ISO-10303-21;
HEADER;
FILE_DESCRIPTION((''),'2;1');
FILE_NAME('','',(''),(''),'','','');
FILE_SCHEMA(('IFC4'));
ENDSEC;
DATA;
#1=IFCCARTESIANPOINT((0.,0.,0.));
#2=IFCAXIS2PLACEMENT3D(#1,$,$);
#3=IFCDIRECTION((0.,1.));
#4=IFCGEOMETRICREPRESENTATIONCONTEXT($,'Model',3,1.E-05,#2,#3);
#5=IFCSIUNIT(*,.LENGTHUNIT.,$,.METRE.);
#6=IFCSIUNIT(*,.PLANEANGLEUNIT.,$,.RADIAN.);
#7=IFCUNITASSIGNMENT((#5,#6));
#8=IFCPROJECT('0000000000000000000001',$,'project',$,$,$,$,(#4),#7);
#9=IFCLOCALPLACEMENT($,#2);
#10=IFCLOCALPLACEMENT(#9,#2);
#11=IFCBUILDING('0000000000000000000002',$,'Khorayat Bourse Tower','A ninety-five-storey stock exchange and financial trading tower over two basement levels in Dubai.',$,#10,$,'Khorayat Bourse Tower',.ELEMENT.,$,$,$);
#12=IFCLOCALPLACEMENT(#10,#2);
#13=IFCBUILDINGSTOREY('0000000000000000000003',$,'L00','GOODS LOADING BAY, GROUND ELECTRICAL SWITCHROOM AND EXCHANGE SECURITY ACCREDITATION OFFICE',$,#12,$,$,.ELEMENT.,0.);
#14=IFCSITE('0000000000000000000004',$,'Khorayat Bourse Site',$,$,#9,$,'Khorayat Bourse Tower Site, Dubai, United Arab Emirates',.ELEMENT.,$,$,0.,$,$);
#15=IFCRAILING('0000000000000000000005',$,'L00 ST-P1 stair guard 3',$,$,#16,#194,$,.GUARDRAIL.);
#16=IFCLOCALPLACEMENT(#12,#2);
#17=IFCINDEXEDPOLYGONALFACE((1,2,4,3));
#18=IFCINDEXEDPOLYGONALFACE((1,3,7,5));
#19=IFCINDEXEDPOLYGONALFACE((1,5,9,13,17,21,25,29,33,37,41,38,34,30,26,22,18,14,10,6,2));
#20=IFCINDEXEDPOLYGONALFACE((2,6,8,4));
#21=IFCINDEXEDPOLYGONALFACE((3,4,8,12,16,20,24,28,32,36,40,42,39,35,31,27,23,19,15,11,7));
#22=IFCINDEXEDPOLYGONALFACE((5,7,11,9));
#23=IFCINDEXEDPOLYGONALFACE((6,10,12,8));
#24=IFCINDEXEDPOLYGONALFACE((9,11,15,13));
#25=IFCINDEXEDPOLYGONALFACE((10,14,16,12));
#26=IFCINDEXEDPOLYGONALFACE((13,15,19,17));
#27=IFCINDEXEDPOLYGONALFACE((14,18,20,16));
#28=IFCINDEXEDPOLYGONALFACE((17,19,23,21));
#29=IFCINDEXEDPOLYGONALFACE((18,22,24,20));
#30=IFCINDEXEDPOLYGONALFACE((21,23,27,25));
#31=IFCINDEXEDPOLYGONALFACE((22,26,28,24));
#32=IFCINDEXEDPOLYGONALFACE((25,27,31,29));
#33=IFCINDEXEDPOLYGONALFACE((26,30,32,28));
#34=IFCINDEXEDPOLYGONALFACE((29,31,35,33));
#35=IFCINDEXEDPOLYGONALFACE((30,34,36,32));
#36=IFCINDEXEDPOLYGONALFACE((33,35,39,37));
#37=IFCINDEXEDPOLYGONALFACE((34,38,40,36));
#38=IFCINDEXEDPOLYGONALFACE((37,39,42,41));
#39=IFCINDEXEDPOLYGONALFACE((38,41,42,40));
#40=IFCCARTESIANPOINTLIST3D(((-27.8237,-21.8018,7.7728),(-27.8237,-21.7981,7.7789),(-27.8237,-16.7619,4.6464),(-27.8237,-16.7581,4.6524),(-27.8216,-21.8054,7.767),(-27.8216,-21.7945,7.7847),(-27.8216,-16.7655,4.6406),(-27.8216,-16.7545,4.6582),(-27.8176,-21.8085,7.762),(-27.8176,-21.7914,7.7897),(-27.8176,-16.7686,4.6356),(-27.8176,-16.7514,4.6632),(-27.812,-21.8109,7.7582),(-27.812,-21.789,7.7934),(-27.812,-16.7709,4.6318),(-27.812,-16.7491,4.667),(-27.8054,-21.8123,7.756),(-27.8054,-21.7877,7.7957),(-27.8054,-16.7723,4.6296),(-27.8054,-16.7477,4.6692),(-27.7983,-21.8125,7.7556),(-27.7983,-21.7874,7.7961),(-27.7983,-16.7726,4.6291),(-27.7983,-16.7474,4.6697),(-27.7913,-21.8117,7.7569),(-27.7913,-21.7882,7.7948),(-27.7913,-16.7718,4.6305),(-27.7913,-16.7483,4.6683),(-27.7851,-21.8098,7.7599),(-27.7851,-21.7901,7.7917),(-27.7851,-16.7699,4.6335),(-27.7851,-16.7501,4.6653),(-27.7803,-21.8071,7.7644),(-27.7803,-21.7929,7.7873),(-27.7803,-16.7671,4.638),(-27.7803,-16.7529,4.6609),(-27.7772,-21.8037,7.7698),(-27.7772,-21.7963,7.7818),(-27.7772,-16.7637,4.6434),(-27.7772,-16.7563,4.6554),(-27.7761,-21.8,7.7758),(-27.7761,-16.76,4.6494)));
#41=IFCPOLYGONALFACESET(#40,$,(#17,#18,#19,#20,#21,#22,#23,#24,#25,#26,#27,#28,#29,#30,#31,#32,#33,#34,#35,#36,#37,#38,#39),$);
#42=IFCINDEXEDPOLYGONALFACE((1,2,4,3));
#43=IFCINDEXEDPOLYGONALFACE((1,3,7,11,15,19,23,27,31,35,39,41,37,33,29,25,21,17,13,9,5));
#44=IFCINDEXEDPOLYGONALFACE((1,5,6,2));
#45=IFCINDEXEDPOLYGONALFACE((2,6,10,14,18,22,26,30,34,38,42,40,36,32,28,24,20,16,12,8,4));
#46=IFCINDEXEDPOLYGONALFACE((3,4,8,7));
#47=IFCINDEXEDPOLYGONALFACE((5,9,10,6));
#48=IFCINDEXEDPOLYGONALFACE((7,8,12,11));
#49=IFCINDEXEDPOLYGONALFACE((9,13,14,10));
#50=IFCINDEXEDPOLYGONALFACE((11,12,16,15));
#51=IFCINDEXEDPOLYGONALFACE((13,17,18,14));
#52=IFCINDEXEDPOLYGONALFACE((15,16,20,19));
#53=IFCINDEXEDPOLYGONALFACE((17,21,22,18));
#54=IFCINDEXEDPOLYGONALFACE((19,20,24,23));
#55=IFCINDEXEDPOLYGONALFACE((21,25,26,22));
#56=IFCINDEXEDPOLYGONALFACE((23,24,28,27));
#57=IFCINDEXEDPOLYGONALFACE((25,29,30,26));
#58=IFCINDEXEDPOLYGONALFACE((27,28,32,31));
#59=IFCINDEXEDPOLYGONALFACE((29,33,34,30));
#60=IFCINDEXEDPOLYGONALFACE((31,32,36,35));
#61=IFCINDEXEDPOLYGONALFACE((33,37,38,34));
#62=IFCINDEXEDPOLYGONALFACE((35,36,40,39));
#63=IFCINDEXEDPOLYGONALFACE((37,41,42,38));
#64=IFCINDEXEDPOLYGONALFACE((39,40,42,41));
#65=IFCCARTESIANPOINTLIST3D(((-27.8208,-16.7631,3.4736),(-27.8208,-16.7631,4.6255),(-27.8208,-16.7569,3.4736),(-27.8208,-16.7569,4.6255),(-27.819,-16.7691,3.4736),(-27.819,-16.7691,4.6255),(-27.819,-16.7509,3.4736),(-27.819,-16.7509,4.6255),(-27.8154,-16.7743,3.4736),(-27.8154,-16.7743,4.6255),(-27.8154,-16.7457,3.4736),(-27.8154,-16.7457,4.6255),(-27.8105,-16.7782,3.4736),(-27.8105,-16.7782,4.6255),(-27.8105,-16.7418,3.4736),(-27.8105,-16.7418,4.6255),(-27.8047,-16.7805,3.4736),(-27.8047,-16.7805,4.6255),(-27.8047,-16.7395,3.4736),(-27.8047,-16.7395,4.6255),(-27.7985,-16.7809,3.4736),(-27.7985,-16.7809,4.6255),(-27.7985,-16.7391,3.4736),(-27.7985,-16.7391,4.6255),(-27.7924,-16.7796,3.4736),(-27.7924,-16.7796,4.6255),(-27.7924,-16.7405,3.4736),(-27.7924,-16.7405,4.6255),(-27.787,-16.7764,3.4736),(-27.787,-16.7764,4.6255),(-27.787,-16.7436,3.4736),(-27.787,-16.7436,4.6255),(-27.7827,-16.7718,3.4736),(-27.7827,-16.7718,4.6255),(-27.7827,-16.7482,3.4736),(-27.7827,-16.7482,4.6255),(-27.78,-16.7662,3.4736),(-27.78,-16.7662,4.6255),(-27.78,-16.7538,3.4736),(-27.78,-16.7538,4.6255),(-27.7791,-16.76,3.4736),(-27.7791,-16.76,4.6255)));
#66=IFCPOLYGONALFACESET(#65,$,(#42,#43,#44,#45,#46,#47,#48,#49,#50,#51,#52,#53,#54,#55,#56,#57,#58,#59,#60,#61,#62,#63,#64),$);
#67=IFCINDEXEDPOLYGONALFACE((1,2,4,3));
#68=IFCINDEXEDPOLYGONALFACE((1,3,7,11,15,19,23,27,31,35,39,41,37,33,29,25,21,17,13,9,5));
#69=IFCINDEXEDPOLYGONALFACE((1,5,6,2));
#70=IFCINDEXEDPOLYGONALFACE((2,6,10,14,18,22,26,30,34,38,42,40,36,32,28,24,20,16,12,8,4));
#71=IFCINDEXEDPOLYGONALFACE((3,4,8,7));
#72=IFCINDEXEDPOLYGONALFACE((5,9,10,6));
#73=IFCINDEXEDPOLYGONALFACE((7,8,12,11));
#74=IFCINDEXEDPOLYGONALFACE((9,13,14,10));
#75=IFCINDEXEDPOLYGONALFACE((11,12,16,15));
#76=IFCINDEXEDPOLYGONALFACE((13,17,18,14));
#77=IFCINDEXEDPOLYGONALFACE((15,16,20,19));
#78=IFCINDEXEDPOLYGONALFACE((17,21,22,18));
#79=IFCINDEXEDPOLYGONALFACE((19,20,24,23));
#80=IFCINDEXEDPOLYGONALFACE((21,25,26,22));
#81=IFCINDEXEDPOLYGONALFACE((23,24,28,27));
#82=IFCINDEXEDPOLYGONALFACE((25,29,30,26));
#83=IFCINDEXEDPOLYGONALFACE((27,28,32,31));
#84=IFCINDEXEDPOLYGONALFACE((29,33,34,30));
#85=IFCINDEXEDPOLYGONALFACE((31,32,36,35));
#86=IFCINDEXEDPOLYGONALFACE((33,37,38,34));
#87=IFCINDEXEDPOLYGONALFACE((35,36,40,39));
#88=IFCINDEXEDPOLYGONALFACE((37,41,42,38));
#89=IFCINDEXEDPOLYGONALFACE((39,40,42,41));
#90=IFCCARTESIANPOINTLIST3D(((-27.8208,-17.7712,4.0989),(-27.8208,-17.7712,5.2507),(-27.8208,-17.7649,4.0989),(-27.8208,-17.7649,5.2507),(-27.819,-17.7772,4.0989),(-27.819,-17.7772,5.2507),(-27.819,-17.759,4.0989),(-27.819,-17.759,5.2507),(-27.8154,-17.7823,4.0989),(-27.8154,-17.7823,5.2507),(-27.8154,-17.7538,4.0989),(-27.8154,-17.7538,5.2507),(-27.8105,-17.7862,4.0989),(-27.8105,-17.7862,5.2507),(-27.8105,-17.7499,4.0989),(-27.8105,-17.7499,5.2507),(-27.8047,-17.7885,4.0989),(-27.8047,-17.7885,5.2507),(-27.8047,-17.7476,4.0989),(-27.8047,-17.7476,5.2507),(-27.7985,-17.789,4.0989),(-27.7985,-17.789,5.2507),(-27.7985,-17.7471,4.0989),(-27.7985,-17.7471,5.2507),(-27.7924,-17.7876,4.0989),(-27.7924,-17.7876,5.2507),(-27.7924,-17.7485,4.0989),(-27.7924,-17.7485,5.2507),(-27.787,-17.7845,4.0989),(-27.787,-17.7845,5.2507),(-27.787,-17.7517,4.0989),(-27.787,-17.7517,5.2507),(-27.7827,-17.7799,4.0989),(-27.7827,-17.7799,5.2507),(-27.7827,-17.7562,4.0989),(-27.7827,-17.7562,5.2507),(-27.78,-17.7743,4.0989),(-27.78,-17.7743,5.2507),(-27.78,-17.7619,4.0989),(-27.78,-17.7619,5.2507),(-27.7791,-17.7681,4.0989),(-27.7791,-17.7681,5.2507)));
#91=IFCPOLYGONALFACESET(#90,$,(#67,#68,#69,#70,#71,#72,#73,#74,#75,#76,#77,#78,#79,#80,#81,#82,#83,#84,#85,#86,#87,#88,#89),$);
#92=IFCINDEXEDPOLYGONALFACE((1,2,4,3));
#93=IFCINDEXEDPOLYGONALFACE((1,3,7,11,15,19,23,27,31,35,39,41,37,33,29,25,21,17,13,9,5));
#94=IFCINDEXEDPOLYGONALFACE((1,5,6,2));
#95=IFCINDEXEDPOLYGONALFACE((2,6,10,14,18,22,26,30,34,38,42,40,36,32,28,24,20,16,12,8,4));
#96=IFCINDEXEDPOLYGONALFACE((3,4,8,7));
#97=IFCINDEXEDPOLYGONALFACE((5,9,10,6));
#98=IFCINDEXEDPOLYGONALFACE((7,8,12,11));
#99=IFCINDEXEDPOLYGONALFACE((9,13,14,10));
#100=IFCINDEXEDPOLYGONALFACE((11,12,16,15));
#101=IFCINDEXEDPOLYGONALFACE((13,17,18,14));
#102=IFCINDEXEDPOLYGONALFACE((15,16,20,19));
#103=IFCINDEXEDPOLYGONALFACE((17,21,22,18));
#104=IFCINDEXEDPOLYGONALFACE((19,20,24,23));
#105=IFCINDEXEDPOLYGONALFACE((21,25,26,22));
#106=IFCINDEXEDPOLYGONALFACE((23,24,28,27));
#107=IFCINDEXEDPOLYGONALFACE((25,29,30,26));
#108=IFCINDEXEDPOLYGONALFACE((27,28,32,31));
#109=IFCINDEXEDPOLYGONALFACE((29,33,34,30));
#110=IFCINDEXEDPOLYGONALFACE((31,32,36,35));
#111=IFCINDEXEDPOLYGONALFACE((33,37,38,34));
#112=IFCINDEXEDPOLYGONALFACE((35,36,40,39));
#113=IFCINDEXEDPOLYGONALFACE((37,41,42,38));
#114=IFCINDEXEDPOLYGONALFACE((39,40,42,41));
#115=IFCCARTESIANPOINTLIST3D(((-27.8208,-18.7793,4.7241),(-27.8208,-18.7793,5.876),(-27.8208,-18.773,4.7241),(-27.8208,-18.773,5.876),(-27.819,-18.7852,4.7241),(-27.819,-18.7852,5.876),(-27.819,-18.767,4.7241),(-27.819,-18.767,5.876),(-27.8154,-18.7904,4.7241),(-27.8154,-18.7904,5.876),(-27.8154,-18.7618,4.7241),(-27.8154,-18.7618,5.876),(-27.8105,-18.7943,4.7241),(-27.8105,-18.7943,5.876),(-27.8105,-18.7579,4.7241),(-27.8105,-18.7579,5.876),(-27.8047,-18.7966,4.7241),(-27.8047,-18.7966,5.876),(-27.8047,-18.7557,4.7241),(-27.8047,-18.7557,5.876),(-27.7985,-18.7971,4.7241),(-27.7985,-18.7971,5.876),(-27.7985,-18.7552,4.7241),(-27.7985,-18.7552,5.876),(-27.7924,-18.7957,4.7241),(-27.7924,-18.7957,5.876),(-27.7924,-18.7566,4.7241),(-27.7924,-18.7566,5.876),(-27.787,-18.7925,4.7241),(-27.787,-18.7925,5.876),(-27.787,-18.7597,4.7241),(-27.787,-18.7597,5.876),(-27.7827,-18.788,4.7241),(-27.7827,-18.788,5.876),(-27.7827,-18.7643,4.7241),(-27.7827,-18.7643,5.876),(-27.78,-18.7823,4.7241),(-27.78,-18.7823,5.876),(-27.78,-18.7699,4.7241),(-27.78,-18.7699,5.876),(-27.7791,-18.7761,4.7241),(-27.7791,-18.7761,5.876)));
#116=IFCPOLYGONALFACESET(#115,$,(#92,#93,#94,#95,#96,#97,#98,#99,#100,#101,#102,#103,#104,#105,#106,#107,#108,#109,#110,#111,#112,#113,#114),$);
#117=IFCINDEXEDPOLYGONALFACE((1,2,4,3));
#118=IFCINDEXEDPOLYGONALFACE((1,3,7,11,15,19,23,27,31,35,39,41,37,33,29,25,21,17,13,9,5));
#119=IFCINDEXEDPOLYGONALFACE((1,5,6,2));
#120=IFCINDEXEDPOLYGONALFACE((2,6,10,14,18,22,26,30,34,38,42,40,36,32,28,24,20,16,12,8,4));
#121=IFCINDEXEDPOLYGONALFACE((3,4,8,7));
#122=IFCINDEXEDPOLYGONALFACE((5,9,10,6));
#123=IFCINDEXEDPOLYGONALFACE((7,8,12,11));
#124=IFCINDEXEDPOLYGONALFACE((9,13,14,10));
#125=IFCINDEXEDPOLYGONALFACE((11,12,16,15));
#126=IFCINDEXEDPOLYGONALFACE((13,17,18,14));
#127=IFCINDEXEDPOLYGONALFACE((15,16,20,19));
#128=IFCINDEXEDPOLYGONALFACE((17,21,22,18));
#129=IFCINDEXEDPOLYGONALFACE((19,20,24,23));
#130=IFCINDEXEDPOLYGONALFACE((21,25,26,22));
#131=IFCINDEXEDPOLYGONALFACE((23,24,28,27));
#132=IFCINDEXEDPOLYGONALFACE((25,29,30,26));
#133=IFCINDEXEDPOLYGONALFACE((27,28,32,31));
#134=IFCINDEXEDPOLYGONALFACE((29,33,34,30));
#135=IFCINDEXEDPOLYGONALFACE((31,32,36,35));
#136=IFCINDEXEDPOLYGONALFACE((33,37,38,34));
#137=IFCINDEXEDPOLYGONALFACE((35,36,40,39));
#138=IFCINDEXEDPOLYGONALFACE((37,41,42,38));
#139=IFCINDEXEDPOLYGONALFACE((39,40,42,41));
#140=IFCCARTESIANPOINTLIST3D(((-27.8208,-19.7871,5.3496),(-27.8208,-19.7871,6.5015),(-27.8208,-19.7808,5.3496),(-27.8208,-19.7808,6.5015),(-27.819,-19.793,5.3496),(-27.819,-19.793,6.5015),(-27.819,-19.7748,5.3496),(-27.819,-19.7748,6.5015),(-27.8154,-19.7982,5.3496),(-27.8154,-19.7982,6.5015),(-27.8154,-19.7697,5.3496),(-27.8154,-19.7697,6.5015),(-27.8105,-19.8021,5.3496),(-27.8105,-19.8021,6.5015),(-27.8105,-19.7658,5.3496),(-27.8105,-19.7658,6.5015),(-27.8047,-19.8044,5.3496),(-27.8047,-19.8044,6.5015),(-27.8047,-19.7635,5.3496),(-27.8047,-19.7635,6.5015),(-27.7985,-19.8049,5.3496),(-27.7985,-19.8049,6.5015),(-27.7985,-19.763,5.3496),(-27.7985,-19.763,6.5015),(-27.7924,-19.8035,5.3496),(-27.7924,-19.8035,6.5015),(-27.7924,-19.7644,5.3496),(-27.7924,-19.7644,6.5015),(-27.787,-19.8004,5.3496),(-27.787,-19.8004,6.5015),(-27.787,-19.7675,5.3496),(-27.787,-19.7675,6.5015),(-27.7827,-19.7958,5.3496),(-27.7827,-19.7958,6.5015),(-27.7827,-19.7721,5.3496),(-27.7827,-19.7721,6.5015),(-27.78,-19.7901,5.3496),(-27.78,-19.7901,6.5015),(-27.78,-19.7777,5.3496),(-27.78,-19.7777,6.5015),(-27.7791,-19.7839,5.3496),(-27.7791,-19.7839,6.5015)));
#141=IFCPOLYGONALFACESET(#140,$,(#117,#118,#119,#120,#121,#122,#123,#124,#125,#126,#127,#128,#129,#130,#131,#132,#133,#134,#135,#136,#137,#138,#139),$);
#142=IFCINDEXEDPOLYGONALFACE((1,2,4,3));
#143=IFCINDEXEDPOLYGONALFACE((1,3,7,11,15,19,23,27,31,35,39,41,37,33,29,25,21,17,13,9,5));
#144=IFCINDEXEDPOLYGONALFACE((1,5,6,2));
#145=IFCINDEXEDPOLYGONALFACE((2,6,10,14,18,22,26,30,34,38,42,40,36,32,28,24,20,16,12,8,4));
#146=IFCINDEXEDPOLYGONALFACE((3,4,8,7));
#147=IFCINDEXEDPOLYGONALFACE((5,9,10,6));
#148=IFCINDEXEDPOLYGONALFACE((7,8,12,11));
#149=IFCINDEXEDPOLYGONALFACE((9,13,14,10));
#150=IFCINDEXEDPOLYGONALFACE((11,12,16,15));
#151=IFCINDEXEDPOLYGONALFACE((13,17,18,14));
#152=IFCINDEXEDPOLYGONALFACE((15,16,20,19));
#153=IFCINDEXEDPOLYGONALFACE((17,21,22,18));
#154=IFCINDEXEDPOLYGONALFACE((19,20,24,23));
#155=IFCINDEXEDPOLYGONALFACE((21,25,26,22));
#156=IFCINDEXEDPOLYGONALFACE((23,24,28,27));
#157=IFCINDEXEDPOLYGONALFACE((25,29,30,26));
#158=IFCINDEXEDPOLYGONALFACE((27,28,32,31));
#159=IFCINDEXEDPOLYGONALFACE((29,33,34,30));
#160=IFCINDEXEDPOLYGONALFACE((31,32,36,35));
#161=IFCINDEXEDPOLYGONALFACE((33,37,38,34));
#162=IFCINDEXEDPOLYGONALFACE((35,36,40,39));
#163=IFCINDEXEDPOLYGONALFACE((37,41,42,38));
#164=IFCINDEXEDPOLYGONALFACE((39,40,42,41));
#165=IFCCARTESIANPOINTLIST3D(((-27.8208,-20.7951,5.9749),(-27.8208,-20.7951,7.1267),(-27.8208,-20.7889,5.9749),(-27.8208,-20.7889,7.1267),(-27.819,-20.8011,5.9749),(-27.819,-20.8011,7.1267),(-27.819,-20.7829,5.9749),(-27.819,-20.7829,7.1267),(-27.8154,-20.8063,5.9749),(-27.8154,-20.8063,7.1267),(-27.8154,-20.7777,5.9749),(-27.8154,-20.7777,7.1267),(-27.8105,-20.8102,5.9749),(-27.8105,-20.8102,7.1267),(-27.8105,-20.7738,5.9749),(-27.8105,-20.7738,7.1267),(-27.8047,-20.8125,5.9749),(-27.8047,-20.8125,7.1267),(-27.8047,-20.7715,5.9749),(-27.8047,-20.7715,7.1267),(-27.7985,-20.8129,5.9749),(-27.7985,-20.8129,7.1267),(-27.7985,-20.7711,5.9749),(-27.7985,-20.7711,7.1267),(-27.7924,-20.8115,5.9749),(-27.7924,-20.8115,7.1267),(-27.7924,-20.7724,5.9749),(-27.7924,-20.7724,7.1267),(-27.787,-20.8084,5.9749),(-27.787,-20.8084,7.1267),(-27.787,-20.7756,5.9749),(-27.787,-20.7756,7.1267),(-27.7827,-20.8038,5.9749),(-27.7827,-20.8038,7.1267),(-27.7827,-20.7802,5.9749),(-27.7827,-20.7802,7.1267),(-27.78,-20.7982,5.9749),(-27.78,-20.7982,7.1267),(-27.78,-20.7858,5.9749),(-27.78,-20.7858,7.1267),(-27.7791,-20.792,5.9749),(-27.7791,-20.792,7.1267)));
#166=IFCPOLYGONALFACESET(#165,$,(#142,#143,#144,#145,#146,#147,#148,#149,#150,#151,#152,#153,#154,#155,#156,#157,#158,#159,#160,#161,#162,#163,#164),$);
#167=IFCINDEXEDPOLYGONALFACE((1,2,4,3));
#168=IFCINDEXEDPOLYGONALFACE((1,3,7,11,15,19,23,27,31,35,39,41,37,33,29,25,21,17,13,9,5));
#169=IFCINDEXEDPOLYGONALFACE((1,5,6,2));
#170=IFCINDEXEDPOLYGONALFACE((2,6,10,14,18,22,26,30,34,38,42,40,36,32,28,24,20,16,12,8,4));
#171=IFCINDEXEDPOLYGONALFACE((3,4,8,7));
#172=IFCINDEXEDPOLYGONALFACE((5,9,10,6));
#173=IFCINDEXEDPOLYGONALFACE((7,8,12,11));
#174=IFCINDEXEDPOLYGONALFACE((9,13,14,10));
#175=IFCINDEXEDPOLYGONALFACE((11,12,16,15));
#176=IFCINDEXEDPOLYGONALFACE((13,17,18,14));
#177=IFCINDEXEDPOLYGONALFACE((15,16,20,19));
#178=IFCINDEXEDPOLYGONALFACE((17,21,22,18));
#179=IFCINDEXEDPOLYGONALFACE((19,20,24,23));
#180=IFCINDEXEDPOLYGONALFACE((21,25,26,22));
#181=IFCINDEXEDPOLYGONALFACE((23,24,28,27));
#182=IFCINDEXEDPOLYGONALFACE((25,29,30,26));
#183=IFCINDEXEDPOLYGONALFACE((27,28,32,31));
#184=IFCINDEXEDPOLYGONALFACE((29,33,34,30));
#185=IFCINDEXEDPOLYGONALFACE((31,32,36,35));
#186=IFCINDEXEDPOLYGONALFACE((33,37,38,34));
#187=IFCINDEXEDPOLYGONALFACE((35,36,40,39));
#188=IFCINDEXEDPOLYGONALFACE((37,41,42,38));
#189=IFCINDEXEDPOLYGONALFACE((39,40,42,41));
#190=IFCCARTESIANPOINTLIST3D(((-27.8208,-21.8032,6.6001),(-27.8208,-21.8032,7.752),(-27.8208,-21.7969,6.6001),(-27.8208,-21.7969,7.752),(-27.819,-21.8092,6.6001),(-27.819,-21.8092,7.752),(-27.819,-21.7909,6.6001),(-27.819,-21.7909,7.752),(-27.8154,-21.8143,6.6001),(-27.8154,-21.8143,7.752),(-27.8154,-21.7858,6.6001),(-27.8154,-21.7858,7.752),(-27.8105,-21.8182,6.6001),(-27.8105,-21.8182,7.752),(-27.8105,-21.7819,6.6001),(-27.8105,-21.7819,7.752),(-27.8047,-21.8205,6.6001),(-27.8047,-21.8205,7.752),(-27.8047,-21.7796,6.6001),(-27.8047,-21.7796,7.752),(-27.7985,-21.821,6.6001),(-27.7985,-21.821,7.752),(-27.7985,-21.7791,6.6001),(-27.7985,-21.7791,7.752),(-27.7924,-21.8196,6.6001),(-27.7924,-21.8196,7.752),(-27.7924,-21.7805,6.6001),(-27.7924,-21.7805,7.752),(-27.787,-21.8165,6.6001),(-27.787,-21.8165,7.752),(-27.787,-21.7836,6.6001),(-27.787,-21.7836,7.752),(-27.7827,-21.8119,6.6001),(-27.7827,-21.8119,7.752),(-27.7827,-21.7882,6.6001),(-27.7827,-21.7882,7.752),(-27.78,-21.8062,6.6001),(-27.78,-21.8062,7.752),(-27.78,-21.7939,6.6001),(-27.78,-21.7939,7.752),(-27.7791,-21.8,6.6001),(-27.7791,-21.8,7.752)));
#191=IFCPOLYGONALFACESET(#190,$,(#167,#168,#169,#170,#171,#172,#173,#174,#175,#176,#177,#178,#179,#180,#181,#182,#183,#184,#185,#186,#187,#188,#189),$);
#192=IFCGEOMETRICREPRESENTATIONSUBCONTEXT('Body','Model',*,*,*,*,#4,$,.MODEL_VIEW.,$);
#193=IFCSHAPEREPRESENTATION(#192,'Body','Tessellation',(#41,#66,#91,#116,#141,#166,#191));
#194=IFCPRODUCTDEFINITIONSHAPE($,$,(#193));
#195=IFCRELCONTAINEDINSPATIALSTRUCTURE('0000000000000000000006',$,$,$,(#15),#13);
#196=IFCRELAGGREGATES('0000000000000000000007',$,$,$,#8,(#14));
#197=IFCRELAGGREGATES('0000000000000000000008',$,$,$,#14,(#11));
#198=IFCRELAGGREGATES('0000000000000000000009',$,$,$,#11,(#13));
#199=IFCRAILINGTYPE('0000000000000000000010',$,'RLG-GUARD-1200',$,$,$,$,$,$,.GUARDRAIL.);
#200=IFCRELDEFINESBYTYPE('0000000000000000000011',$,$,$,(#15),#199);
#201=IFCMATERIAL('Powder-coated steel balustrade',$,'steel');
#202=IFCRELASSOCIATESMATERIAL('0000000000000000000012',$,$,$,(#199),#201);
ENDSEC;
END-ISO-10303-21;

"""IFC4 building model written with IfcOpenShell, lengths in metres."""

from ifc_helpers import new_model, si_unit, direction, frame, origin, origin_2d, place, context, subcontext, project, spatial, circle, extrude, source, transform, mapped, material, type_object, element, save


model = new_model("IFC4")

# Units and contexts
model_context = context("Model", 3, precision=1e-05, world=origin(), true_north=direction((0.0, 1.0)))
body_context = subcontext(model_context, "Body", "Model", "MODEL_VIEW")
ifc_project = project(units=[si_unit("LENGTHUNIT", "METRE"), si_unit("PLANEANGLEUNIT", "RADIAN")], contexts=[model_context])

# Site, building, storey
site_placement = place(None, origin())
site = spatial("IfcSite", under=ifc_project, at=site_placement, Name="Khorayat Bourse Site", LongName="Khorayat Bourse Tower Site, Dubai, United Arab Emirates", CompositionType="ELEMENT", RefElevation=0.0)
building_placement = place(site_placement, origin())
building = spatial("IfcBuilding", under=site, at=building_placement, Name="Khorayat Bourse Tower", Description="A ninety-five-storey stock exchange and financial trading tower over two basement levels in Dubai.", LongName="Khorayat Bourse Tower", CompositionType="ELEMENT")
storey_placement = place(building_placement, origin())
storey = spatial("IfcBuildingStorey", under=building, at=storey_placement, Name="L00", Description="GOODS LOADING BAY, GROUND ELECTRICAL SWITCHROOM AND EXCHANGE SECURITY ACCREDITATION OFFICE", CompositionType="ELEMENT", Elevation=0.0)

# Railing
ifc_material_1 = material(Name="Powder-coated steel balustrade", Category="steel")
railing_type_1 = type_object("IfcRailingType", Name="RLG-GUARD-1200", PredefinedType="GUARDRAIL", material=ifc_material_1)
shared_shape_1 = source(origin(), body_context, "Body", "SweptSolid", [
    extrude(circle(Radius=0.0239, at=origin_2d()), frame((0.0, 0.0, 1.1758), z_axis=(0.0, -0.849779, 0.527139), x_axis=(1.0, 0.0, 0.0)), (0.0, 0.0, 1.0), 5.9309),
    extrude(circle(Radius=0.021, at=origin_2d()), origin(), (0.0, 0.0, 1.0), 1.1519),
    extrude(circle(Radius=0.021, at=origin_2d()), frame((0.0, -1.0081, 0.6252)), (0.0, 0.0, 1.0), 1.1519),
    extrude(circle(Radius=0.021, at=origin_2d()), frame((0.0, -2.0161, 1.2505)), (0.0, 0.0, 1.0), 1.1519),
    extrude(circle(Radius=0.021, at=origin_2d()), frame((0.0, -3.0239, 1.876)), (0.0, 0.0, 1.0), 1.1519),
    extrude(circle(Radius=0.021, at=origin_2d()), frame((0.0, -4.032, 2.5012)), (0.0, 0.0, 1.0), 1.1519),
    extrude(circle(Radius=0.021, at=origin_2d()), frame((0.0, -5.04, 3.1265)), (0.0, 0.0, 1.0), 1.1519),
])
railing_1_placement = place(storey_placement, frame((-27.8, -16.76, 3.4736)))
element("IfcRailing", 1, at=railing_1_placement, inside=storey, type_object=railing_type_1, Name="L00 ST-P1 stair guard 3", PredefinedType="GUARDRAIL", context=body_context, shape_type="MappedRepresentation", body=[
    mapped(shared_shape_1, transform((0.0, 0.0, 0.0), scale=1.0)),
])

save(model, "model.ifc")
